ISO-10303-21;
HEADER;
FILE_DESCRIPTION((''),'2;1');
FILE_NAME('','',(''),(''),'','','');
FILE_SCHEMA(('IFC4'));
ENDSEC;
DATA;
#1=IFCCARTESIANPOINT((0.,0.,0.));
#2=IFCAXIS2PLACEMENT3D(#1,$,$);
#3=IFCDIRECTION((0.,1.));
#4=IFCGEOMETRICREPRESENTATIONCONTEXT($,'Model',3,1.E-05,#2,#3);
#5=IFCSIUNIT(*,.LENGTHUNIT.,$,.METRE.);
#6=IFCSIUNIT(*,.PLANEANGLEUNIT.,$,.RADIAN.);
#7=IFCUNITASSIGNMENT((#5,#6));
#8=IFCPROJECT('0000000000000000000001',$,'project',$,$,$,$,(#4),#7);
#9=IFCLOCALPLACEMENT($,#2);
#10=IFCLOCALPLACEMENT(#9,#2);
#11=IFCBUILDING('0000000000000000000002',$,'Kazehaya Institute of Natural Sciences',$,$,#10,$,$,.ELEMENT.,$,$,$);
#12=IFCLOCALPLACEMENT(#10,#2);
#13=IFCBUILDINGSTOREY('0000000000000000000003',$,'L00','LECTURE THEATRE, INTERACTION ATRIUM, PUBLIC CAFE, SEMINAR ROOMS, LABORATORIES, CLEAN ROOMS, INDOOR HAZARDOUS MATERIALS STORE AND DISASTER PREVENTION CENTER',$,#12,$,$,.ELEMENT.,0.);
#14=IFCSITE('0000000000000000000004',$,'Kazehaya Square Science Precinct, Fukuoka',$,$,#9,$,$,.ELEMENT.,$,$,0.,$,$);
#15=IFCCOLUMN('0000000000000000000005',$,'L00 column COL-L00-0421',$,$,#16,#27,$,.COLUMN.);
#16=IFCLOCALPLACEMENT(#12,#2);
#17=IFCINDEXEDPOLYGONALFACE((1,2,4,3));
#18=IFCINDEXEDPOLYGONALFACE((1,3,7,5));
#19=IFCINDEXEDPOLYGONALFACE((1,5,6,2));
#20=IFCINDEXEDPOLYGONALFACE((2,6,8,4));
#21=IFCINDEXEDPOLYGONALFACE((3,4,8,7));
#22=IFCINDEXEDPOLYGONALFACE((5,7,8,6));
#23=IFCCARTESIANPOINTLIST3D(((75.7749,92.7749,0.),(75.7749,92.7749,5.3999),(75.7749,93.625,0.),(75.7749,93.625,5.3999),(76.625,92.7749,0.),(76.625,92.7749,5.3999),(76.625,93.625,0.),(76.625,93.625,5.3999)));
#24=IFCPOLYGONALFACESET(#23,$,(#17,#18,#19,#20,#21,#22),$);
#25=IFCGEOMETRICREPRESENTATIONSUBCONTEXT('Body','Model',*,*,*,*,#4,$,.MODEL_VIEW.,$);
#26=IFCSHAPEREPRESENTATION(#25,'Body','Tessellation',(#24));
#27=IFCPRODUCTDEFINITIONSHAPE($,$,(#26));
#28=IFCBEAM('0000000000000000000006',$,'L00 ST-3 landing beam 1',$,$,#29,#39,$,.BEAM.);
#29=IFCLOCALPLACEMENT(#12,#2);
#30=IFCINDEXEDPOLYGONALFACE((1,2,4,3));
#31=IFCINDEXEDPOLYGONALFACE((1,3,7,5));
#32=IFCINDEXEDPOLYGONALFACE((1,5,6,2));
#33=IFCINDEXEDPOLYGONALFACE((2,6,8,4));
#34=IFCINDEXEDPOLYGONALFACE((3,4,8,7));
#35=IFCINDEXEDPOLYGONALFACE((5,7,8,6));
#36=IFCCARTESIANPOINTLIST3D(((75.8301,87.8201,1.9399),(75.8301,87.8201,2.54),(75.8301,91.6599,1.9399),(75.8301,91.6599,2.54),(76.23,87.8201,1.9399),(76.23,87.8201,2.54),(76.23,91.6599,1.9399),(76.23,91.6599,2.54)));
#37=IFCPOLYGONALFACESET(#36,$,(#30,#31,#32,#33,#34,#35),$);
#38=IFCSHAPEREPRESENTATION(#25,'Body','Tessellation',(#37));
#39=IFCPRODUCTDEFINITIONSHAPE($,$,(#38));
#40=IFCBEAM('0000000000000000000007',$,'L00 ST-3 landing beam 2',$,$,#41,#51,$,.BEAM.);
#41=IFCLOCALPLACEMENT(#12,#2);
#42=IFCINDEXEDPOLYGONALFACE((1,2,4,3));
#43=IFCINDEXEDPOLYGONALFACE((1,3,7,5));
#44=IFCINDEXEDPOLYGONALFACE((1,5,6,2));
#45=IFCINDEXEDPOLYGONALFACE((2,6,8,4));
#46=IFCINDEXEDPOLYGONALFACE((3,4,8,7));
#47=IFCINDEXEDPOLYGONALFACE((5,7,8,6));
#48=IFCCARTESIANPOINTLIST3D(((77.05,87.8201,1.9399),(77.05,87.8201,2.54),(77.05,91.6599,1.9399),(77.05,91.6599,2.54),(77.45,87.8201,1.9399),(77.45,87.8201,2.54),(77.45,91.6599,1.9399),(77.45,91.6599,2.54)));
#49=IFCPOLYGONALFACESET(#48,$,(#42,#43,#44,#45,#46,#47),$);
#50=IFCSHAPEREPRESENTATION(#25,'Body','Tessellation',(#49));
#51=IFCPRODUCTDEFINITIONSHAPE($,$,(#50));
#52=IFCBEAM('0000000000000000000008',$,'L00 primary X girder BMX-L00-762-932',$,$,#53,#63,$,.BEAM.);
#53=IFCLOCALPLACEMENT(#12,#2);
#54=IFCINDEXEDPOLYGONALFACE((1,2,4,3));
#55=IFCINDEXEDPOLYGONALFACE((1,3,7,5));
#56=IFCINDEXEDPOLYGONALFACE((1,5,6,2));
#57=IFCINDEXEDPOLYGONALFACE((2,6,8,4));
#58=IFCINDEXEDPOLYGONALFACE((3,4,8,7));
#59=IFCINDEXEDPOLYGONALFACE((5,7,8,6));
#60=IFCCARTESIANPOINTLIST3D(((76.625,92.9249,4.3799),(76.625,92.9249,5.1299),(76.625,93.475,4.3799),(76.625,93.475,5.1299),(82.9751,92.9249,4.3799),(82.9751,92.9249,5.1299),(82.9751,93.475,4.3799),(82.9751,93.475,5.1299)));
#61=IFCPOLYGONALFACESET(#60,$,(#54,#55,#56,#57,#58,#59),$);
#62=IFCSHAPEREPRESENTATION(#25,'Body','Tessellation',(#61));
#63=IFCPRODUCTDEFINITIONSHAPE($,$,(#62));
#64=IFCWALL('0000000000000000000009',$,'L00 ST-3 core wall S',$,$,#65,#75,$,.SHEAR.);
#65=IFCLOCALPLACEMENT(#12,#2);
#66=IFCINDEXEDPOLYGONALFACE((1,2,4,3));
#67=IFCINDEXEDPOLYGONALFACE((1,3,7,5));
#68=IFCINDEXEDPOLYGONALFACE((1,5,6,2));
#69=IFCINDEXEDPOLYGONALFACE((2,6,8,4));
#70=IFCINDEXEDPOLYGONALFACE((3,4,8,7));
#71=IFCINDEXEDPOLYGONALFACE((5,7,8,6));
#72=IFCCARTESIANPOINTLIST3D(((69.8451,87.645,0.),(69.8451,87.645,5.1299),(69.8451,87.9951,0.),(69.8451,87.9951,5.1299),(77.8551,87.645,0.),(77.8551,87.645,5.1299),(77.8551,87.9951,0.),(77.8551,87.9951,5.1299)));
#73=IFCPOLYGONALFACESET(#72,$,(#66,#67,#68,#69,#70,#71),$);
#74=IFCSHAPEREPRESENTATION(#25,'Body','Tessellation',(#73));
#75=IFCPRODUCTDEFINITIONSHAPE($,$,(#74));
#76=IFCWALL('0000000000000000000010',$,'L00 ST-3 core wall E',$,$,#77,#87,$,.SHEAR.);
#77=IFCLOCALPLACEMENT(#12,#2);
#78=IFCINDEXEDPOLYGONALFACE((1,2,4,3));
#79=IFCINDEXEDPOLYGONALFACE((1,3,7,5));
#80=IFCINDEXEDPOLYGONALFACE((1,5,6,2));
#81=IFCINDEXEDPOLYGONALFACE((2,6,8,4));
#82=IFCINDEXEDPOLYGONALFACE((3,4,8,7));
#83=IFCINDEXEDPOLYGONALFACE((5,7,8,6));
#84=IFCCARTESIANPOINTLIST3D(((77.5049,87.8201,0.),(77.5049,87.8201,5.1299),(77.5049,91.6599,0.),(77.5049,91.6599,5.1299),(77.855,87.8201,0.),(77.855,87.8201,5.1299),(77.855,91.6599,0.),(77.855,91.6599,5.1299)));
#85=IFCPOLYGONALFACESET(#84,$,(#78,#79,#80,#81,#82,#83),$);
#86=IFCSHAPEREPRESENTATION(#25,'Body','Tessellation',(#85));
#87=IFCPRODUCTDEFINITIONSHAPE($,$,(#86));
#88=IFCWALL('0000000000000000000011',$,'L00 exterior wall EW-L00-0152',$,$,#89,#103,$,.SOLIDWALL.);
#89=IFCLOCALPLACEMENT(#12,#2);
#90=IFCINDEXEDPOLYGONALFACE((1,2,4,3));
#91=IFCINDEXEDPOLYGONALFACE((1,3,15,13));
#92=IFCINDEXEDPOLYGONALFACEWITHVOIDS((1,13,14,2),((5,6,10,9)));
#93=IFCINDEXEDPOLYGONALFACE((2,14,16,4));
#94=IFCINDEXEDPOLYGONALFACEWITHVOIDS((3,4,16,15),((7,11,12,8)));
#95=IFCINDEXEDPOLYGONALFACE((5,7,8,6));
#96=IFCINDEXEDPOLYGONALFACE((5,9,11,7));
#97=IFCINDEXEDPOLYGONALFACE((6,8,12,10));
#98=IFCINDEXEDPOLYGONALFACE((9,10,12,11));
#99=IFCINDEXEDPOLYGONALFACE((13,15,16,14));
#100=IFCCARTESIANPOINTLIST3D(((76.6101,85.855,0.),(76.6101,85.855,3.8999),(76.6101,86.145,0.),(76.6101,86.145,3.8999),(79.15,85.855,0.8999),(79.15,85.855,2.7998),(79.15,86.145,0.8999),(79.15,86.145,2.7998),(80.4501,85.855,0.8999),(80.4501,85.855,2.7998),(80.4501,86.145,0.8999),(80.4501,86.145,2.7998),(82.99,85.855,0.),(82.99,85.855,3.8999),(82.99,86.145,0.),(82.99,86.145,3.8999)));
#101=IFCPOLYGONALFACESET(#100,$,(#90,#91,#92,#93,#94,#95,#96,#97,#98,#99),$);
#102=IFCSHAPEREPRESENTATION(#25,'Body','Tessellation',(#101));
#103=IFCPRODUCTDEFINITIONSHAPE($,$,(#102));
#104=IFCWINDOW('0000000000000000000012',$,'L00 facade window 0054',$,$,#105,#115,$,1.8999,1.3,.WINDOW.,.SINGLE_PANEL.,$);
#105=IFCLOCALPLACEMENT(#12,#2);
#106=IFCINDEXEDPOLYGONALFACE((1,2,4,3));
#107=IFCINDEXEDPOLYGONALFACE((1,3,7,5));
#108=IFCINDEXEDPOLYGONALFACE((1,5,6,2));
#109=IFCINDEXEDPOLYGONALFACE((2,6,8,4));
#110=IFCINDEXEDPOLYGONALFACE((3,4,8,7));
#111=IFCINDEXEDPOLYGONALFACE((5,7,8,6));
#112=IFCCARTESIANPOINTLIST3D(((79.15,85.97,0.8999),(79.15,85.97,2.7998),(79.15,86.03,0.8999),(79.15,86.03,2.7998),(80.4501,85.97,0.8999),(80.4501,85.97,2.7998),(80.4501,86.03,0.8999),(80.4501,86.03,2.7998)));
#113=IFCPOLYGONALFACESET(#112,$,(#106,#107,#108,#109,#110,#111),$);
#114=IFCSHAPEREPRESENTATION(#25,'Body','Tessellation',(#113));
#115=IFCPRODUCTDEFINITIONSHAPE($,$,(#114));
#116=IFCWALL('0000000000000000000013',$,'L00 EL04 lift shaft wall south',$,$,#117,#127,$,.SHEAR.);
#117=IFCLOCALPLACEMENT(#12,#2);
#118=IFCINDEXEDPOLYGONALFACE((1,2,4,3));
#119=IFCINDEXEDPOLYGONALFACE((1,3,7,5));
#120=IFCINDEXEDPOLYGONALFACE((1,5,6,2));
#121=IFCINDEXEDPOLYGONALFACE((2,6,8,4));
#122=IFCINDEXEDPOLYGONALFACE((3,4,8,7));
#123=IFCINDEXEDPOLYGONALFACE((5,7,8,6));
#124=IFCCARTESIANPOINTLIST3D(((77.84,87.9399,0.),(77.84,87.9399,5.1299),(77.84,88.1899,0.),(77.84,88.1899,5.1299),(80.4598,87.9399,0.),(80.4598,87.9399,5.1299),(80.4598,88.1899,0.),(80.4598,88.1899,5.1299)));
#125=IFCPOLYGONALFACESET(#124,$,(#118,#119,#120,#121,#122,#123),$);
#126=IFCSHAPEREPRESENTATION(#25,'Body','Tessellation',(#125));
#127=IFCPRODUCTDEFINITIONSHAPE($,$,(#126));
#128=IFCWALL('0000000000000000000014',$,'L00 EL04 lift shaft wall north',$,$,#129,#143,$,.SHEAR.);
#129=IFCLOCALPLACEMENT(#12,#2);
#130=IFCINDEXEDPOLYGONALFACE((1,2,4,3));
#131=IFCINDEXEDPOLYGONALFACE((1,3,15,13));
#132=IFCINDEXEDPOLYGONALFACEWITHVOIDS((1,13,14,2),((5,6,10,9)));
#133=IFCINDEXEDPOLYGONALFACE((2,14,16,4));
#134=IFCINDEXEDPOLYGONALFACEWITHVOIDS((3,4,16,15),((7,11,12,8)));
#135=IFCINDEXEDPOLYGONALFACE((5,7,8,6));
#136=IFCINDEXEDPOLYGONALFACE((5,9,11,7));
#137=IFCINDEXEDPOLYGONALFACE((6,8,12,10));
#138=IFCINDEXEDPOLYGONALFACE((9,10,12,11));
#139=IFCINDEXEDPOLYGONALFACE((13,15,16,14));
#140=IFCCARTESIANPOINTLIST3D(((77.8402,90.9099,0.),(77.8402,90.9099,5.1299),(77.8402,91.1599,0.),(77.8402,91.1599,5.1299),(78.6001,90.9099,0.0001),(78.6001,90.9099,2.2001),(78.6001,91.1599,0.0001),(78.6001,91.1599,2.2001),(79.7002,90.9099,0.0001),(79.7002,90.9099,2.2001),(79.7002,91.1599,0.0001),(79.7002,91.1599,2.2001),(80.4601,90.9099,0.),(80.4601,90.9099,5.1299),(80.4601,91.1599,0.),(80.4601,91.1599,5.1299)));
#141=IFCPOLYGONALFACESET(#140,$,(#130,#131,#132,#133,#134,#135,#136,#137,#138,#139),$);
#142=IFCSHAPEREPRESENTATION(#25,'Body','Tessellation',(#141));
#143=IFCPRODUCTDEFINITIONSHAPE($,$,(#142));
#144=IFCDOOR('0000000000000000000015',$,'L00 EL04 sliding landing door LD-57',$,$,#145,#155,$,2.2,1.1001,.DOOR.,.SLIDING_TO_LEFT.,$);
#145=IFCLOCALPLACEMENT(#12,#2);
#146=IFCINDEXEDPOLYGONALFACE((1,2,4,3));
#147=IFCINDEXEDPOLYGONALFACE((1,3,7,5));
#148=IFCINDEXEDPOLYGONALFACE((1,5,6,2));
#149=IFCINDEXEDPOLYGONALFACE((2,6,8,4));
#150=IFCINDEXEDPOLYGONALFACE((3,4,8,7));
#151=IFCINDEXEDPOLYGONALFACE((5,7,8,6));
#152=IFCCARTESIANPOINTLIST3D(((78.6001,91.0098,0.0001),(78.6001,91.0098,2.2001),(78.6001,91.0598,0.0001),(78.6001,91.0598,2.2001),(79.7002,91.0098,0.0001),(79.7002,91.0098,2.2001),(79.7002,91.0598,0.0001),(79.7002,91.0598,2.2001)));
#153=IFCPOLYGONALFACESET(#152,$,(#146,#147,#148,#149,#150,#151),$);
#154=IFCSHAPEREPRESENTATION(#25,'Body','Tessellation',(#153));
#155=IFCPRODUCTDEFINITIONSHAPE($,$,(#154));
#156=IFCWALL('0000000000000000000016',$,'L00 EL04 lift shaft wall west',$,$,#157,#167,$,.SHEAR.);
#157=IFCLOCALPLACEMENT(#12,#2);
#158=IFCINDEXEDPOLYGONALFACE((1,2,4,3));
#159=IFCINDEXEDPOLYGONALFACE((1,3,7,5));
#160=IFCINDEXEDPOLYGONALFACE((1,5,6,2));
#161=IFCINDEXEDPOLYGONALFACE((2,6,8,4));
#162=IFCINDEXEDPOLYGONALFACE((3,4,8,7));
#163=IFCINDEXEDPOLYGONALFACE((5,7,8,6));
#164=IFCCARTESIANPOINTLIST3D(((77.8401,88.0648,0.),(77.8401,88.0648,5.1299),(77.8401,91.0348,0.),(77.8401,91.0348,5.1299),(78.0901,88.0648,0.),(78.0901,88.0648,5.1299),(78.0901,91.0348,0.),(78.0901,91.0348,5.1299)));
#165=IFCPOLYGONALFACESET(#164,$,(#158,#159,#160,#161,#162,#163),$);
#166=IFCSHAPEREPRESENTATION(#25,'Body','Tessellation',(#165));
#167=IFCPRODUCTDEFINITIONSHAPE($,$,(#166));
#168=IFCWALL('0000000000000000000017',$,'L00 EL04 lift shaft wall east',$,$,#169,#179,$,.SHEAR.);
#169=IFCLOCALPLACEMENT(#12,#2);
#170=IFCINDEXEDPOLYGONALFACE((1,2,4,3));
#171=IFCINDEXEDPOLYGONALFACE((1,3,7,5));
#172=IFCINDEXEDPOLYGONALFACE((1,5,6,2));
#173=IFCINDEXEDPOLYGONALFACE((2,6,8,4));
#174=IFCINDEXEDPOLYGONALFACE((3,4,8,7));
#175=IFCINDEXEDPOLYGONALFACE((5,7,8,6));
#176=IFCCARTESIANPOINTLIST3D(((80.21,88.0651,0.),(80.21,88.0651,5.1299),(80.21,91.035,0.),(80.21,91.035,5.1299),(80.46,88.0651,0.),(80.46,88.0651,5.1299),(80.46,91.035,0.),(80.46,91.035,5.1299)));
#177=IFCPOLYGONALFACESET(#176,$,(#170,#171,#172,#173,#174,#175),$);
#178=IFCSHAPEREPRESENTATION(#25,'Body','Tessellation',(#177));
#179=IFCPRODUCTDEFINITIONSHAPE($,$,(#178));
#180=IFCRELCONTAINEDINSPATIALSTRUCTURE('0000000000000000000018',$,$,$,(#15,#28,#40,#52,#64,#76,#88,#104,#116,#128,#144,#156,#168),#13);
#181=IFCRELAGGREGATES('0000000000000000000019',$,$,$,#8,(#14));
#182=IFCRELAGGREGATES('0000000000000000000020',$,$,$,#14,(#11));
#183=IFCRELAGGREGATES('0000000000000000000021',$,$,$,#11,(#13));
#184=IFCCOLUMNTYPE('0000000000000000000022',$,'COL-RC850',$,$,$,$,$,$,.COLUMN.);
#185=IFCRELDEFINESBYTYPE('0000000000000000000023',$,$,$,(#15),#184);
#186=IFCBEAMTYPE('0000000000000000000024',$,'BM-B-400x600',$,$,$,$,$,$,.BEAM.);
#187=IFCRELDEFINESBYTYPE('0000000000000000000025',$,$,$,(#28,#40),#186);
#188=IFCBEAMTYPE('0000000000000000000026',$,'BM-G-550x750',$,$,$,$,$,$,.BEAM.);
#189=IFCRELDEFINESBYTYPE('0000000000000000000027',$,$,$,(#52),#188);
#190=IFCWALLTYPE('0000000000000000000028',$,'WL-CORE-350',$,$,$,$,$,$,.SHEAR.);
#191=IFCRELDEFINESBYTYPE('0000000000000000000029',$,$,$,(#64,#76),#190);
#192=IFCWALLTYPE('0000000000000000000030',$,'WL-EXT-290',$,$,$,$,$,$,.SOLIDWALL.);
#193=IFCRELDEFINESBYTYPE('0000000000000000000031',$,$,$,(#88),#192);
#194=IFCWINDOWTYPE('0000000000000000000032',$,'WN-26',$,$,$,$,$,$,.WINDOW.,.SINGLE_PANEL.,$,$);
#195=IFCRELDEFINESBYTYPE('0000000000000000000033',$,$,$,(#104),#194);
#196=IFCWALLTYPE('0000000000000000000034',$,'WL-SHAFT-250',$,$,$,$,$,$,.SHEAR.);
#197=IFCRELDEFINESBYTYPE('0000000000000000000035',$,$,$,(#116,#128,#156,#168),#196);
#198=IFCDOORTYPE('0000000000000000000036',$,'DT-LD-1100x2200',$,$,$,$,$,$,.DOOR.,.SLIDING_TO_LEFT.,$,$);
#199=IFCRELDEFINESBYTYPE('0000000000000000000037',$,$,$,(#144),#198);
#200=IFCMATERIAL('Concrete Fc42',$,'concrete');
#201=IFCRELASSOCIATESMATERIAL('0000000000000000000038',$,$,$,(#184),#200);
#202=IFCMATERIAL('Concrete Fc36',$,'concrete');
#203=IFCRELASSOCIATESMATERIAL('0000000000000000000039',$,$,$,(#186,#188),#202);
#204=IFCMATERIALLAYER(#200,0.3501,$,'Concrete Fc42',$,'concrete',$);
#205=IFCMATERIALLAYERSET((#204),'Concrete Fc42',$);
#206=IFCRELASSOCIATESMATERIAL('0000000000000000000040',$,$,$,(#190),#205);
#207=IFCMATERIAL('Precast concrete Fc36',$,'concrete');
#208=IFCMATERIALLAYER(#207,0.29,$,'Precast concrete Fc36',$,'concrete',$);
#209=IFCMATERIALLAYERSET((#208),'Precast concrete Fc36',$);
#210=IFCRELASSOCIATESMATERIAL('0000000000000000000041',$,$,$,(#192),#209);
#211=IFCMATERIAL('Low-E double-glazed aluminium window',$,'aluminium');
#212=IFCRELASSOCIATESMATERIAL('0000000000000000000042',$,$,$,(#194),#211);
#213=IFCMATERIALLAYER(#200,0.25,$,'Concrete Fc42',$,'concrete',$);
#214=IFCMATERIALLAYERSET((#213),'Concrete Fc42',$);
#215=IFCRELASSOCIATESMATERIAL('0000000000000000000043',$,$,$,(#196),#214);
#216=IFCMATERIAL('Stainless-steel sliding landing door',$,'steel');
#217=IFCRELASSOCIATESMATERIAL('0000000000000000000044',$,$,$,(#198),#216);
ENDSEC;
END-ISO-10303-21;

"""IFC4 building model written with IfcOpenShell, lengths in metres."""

from ifc_helpers import new_model, si_unit, direction, frame, frame_2d, origin, origin_2d, place, context, subcontext, project, spatial, rectangle, extrude, material, layer, layer_set, material_profile, profile_set, type_object, element, fill, save


model = new_model("IFC4")

# Units and contexts
model_context = context("Model", 3, precision=1e-05, world=origin(), true_north=direction((0.0, 1.0)))
body_context = subcontext(model_context, "Body", "Model", "MODEL_VIEW")
ifc_project = project(units=[si_unit("LENGTHUNIT", "METRE"), si_unit("PLANEANGLEUNIT", "RADIAN")], contexts=[model_context])

# Site, building, storey
site_placement = place(None, origin())
site = spatial("IfcSite", under=ifc_project, at=site_placement, Name="Kazehaya Square Science Precinct, Fukuoka", CompositionType="ELEMENT", RefElevation=0.0)
building_placement = place(site_placement, origin())
building = spatial("IfcBuilding", under=site, at=building_placement, Name="Kazehaya Institute of Natural Sciences", CompositionType="ELEMENT")
storey_placement = place(building_placement, origin())
storey = spatial("IfcBuildingStorey", under=building, at=storey_placement, Name="L00", Description="LECTURE THEATRE, INTERACTION ATRIUM, PUBLIC CAFE, SEMINAR ROOMS, LABORATORIES, CLEAN ROOMS, INDOOR HAZARDOUS MATERIALS STORE AND DISASTER PREVENTION CENTER", CompositionType="ELEMENT", Elevation=0.0)

# Column
ifc_material_1 = material(Name="Concrete Fc42", Category="concrete")
ifc_material_profile_1 = material_profile(ifc_material_1, rectangle(XDim=0.8501, YDim=0.8501, at=origin_2d()), Name="RC-850x850")
ifc_profile_set_1 = profile_set([ifc_material_profile_1], Name="Concrete Fc42")
column_type = type_object("IfcColumnType", Name="COL-RC850", PredefinedType="COLUMN", material=ifc_profile_set_1)
column_placement = place(storey_placement, frame((76.2, 93.2, 0.0), z_axis=(0.0, 0.0, 1.0), x_axis=(1.0, 0.0, 0.0)))
element("IfcColumn", 1, at=column_placement, inside=storey, type_object=column_type, Name="L00 column COL-L00-0421", PredefinedType="COLUMN", context=body_context, shape_type="SweptSolid", body=[
    extrude(rectangle(XDim=0.8501, YDim=0.8501, at=origin_2d()), origin(), (0.0, 0.0, 1.0), 5.3999),
])

# Beams
ifc_material_2 = material(Name="Concrete Fc36", Category="concrete")
ifc_material_profile_2 = material_profile(ifc_material_2, rectangle(XDim=0.3999, YDim=0.6001, at=origin_2d()), Name="RC-400x600")
ifc_profile_set_2 = profile_set([ifc_material_profile_2], Name="Concrete Fc36")
beam_type_1 = type_object("IfcBeamType", Name="BM-B-400x600", PredefinedType="BEAM", material=ifc_profile_set_2)
for number, where, z_axis, x_axis, name in (
    (2, (76.03, 87.8201, 2.24), (0.0, 1.0, 0.0), (-1.0, 0.0, 0.0), "L00 ST-3 landing beam 1"),
    (3, (77.25, 87.8201, 2.24), (0.0, 1.0, 0.0), (-1.0, 0.0, 0.0), "L00 ST-3 landing beam 2"),
):
    element("IfcBeam", number, at=place(storey_placement, frame(where, z_axis=z_axis, x_axis=x_axis)), inside=storey, type_object=beam_type_1, Name=name, PredefinedType="BEAM", context=body_context, shape_type="SweptSolid", body=[
        extrude(rectangle(XDim=0.3999, YDim=0.6001, at=origin_2d()), origin(), (0.0, 0.0, 1.0), 3.8398),
    ])
ifc_material_profile_3 = material_profile(ifc_material_2, rectangle(XDim=0.55, YDim=0.75, at=origin_2d()), Name="RC-550x750")
ifc_profile_set_3 = profile_set([ifc_material_profile_3], Name="Concrete Fc36")
beam_type_2 = type_object("IfcBeamType", Name="BM-G-550x750", PredefinedType="BEAM", material=ifc_profile_set_3)
beam_placement = place(storey_placement, frame((76.625, 93.2, 4.7549), z_axis=(1.0, 0.0, 0.0), x_axis=(0.0, 1.0, 0.0)))
element("IfcBeam", 4, at=beam_placement, inside=storey, type_object=beam_type_2, Name="L00 primary X girder BMX-L00-762-932", PredefinedType="BEAM", context=body_context, shape_type="SweptSolid", body=[
    extrude(rectangle(XDim=0.55, YDim=0.75, at=origin_2d()), origin(), (0.0, 0.0, 1.0), 6.3501),
])

# Walls
ifc_layer_1 = layer(ifc_material_1, 0.3501, Name="Concrete Fc42", Category="concrete")
ifc_layer_set_1 = layer_set([ifc_layer_1], Name="Concrete Fc42")
wall_type_1 = type_object("IfcWallType", Name="WL-CORE-350", PredefinedType="SHEAR", material=ifc_layer_set_1)
wall_1_placement = place(storey_placement, frame((77.855, 87.8201, 0.0), z_axis=(0.0, 0.0, 1.0), x_axis=(-1.0, 0.0, 0.0)))
element("IfcWall", 5, at=wall_1_placement, inside=storey, type_object=wall_type_1, Name="L00 ST-3 core wall S", PredefinedType="SHEAR", context=body_context, shape_type="SweptSolid", body=[
    extrude(rectangle(XDim=8.01, YDim=0.3501, at=frame_2d((4.0049, 0.0))), origin(), (0.0, 0.0, 1.0), 5.1299),
])
wall_2_placement = place(storey_placement, frame((77.6799, 91.6599, 0.0), z_axis=(0.0, 0.0, 1.0), x_axis=(0.0, -1.0, 0.0)))
element("IfcWall", 6, at=wall_2_placement, inside=storey, type_object=wall_type_1, Name="L00 ST-3 core wall E", PredefinedType="SHEAR", context=body_context, shape_type="SweptSolid", body=[
    extrude(rectangle(XDim=3.8398, YDim=0.3501, at=frame_2d((1.9199, 0.0))), origin(), (0.0, 0.0, 1.0), 5.1299),
])

# Wall, opening, window
ifc_material_3 = material(Name="Precast concrete Fc36", Category="concrete")
ifc_layer_2 = layer(ifc_material_3, 0.29, Name="Precast concrete Fc36", Category="concrete")
ifc_layer_set_2 = layer_set([ifc_layer_2], Name="Precast concrete Fc36")
wall_type_2 = type_object("IfcWallType", Name="WL-EXT-290", PredefinedType="SOLIDWALL", material=ifc_layer_set_2)
wall_3_placement = place(storey_placement, frame((82.99, 86.0, 0.0), z_axis=(0.0, 0.0, 1.0), x_axis=(-1.0, 0.0, 0.0)))
wall_3 = element("IfcWall", 7, at=wall_3_placement, inside=storey, type_object=wall_type_2, Name="L00 exterior wall EW-L00-0152", PredefinedType="SOLIDWALL", context=body_context, shape_type="SweptSolid", body=[
    extrude(rectangle(XDim=6.3799, YDim=0.29, at=frame_2d((3.1899, 0.0))), origin(), (0.0, 0.0, 1.0), 3.8999),
])
opening_1_placement = place(wall_3_placement, frame((2.54, 0.0, 0.8999)))
opening_1 = element("IfcOpeningElement", 8, at=opening_1_placement, cuts=wall_3, PredefinedType="OPENING", context=body_context, shape_type="SweptSolid", body=[
    extrude(rectangle(XDim=1.3, YDim=1.8999, at=frame_2d((0.6499, 0.95))), frame((0.0, 0.155, 0.0), z_axis=(0.0, -1.0, 0.0), x_axis=(1.0, 0.0, 0.0)), (0.0, 0.0, 1.0), 0.3101),
])
ifc_material_4 = material(Name="Low-E double-glazed aluminium window", Category="aluminium")
window_type = type_object("IfcWindowType", Name="WN-26", PartitioningType="SINGLE_PANEL", PredefinedType="WINDOW", material=ifc_material_4)
window_placement = place(opening_1_placement, origin())
window = element("IfcWindow", 9, at=window_placement, inside=storey, type_object=window_type, Name="L00 facade window 0054", OverallHeight=1.8999, OverallWidth=1.3, PartitioningType="SINGLE_PANEL", PredefinedType="WINDOW", context=body_context, shape_type="SweptSolid", body=[
    extrude(rectangle(XDim=1.3, YDim=1.8999, at=frame_2d((0.6499, 0.95))), frame((0.0, 0.03, 0.0), z_axis=(0.0, -1.0, 0.0), x_axis=(1.0, 0.0, 0.0)), (0.0, 0.0, 1.0), 0.0601),
])
fill(opening_1, window)

# Wall
ifc_layer_3 = layer(ifc_material_1, 0.25, Name="Concrete Fc42", Category="concrete")
ifc_layer_set_3 = layer_set([ifc_layer_3], Name="Concrete Fc42")
wall_type_3 = type_object("IfcWallType", Name="WL-SHAFT-250", PredefinedType="SHEAR", material=ifc_layer_set_3)
wall_4_placement = place(storey_placement, frame((80.46, 88.0649, 0.0), z_axis=(0.0, 0.0, 1.0), x_axis=(-1.0, 0.0, 0.0)))
element("IfcWall", 10, at=wall_4_placement, inside=storey, type_object=wall_type_3, Name="L00 EL04 lift shaft wall south", PredefinedType="SHEAR", context=body_context, shape_type="SweptSolid", body=[
    extrude(rectangle(XDim=2.6199, YDim=0.25, at=frame_2d((1.3101, 0.0))), origin(), (0.0, 0.0, 1.0), 5.1299),
])

# Wall, opening, door
wall_5_placement = place(storey_placement, frame((77.8401, 91.0349, 0.0), z_axis=(0.0, 0.0, 1.0), x_axis=(1.0, 0.0, 0.0)))
wall_5 = element("IfcWall", 11, at=wall_5_placement, inside=storey, type_object=wall_type_3, Name="L00 EL04 lift shaft wall north", PredefinedType="SHEAR", context=body_context, shape_type="SweptSolid", body=[
    extrude(rectangle(XDim=2.6199, YDim=0.25, at=frame_2d((1.3101, 0.0))), origin(), (0.0, 0.0, 1.0), 5.1299),
])
opening_2_placement = place(wall_5_placement, frame((0.76, 0.0, 0.0)))
opening_2 = element("IfcOpeningElement", 12, at=opening_2_placement, cuts=wall_5, PredefinedType="OPENING", context=body_context, shape_type="SweptSolid", body=[
    extrude(rectangle(XDim=1.1001, YDim=2.2, at=frame_2d((0.55, 1.1001))), frame((0.0, 0.135, 0.0), z_axis=(0.0, -1.0, 0.0), x_axis=(1.0, 0.0, 0.0)), (0.0, 0.0, 1.0), 0.27),
])
ifc_material_5 = material(Name="Stainless-steel sliding landing door", Category="steel")
door_type = type_object("IfcDoorType", Name="DT-LD-1100x2200", OperationType="SLIDING_TO_LEFT", PredefinedType="DOOR", material=ifc_material_5)
door_1_placement = place(opening_2_placement, origin())
door_1 = element("IfcDoor", 13, at=door_1_placement, inside=storey, type_object=door_type, Name="L00 EL04 sliding landing door LD-57", OperationType="SLIDING_TO_LEFT", OverallHeight=2.2, OverallWidth=1.1001, PredefinedType="DOOR", context=body_context, shape_type="SweptSolid", body=[
    extrude(rectangle(XDim=1.1001, YDim=2.2, at=frame_2d((0.55, 1.1001))), frame((0.0, 0.0249, 0.0), z_axis=(0.0, -1.0, 0.0), x_axis=(1.0, 0.0, 0.0)), (0.0, 0.0, 1.0), 0.05),
])
fill(opening_2, door_1)

# Walls
for number, where, z_axis, x_axis, name in (
    (14, (77.9651, 88.0649, 0.0), (0.0, 0.0, 1.0), (0.0, 1.0, 0.0), "L00 EL04 lift shaft wall west"),
    (15, (80.335, 91.0349, 0.0), (0.0, 0.0, 1.0), (0.0, -1.0, 0.0), "L00 EL04 lift shaft wall east"),
):
    element("IfcWall", number, at=place(storey_placement, frame(where, z_axis=z_axis, x_axis=x_axis)), inside=storey, type_object=wall_type_3, Name=name, PredefinedType="SHEAR", context=body_context, shape_type="SweptSolid", body=[
        extrude(rectangle(XDim=2.97, YDim=0.25, at=frame_2d((1.4849, 0.0))), origin(), (0.0, 0.0, 1.0), 5.1299),
    ])

save(model, "model.ifc")
